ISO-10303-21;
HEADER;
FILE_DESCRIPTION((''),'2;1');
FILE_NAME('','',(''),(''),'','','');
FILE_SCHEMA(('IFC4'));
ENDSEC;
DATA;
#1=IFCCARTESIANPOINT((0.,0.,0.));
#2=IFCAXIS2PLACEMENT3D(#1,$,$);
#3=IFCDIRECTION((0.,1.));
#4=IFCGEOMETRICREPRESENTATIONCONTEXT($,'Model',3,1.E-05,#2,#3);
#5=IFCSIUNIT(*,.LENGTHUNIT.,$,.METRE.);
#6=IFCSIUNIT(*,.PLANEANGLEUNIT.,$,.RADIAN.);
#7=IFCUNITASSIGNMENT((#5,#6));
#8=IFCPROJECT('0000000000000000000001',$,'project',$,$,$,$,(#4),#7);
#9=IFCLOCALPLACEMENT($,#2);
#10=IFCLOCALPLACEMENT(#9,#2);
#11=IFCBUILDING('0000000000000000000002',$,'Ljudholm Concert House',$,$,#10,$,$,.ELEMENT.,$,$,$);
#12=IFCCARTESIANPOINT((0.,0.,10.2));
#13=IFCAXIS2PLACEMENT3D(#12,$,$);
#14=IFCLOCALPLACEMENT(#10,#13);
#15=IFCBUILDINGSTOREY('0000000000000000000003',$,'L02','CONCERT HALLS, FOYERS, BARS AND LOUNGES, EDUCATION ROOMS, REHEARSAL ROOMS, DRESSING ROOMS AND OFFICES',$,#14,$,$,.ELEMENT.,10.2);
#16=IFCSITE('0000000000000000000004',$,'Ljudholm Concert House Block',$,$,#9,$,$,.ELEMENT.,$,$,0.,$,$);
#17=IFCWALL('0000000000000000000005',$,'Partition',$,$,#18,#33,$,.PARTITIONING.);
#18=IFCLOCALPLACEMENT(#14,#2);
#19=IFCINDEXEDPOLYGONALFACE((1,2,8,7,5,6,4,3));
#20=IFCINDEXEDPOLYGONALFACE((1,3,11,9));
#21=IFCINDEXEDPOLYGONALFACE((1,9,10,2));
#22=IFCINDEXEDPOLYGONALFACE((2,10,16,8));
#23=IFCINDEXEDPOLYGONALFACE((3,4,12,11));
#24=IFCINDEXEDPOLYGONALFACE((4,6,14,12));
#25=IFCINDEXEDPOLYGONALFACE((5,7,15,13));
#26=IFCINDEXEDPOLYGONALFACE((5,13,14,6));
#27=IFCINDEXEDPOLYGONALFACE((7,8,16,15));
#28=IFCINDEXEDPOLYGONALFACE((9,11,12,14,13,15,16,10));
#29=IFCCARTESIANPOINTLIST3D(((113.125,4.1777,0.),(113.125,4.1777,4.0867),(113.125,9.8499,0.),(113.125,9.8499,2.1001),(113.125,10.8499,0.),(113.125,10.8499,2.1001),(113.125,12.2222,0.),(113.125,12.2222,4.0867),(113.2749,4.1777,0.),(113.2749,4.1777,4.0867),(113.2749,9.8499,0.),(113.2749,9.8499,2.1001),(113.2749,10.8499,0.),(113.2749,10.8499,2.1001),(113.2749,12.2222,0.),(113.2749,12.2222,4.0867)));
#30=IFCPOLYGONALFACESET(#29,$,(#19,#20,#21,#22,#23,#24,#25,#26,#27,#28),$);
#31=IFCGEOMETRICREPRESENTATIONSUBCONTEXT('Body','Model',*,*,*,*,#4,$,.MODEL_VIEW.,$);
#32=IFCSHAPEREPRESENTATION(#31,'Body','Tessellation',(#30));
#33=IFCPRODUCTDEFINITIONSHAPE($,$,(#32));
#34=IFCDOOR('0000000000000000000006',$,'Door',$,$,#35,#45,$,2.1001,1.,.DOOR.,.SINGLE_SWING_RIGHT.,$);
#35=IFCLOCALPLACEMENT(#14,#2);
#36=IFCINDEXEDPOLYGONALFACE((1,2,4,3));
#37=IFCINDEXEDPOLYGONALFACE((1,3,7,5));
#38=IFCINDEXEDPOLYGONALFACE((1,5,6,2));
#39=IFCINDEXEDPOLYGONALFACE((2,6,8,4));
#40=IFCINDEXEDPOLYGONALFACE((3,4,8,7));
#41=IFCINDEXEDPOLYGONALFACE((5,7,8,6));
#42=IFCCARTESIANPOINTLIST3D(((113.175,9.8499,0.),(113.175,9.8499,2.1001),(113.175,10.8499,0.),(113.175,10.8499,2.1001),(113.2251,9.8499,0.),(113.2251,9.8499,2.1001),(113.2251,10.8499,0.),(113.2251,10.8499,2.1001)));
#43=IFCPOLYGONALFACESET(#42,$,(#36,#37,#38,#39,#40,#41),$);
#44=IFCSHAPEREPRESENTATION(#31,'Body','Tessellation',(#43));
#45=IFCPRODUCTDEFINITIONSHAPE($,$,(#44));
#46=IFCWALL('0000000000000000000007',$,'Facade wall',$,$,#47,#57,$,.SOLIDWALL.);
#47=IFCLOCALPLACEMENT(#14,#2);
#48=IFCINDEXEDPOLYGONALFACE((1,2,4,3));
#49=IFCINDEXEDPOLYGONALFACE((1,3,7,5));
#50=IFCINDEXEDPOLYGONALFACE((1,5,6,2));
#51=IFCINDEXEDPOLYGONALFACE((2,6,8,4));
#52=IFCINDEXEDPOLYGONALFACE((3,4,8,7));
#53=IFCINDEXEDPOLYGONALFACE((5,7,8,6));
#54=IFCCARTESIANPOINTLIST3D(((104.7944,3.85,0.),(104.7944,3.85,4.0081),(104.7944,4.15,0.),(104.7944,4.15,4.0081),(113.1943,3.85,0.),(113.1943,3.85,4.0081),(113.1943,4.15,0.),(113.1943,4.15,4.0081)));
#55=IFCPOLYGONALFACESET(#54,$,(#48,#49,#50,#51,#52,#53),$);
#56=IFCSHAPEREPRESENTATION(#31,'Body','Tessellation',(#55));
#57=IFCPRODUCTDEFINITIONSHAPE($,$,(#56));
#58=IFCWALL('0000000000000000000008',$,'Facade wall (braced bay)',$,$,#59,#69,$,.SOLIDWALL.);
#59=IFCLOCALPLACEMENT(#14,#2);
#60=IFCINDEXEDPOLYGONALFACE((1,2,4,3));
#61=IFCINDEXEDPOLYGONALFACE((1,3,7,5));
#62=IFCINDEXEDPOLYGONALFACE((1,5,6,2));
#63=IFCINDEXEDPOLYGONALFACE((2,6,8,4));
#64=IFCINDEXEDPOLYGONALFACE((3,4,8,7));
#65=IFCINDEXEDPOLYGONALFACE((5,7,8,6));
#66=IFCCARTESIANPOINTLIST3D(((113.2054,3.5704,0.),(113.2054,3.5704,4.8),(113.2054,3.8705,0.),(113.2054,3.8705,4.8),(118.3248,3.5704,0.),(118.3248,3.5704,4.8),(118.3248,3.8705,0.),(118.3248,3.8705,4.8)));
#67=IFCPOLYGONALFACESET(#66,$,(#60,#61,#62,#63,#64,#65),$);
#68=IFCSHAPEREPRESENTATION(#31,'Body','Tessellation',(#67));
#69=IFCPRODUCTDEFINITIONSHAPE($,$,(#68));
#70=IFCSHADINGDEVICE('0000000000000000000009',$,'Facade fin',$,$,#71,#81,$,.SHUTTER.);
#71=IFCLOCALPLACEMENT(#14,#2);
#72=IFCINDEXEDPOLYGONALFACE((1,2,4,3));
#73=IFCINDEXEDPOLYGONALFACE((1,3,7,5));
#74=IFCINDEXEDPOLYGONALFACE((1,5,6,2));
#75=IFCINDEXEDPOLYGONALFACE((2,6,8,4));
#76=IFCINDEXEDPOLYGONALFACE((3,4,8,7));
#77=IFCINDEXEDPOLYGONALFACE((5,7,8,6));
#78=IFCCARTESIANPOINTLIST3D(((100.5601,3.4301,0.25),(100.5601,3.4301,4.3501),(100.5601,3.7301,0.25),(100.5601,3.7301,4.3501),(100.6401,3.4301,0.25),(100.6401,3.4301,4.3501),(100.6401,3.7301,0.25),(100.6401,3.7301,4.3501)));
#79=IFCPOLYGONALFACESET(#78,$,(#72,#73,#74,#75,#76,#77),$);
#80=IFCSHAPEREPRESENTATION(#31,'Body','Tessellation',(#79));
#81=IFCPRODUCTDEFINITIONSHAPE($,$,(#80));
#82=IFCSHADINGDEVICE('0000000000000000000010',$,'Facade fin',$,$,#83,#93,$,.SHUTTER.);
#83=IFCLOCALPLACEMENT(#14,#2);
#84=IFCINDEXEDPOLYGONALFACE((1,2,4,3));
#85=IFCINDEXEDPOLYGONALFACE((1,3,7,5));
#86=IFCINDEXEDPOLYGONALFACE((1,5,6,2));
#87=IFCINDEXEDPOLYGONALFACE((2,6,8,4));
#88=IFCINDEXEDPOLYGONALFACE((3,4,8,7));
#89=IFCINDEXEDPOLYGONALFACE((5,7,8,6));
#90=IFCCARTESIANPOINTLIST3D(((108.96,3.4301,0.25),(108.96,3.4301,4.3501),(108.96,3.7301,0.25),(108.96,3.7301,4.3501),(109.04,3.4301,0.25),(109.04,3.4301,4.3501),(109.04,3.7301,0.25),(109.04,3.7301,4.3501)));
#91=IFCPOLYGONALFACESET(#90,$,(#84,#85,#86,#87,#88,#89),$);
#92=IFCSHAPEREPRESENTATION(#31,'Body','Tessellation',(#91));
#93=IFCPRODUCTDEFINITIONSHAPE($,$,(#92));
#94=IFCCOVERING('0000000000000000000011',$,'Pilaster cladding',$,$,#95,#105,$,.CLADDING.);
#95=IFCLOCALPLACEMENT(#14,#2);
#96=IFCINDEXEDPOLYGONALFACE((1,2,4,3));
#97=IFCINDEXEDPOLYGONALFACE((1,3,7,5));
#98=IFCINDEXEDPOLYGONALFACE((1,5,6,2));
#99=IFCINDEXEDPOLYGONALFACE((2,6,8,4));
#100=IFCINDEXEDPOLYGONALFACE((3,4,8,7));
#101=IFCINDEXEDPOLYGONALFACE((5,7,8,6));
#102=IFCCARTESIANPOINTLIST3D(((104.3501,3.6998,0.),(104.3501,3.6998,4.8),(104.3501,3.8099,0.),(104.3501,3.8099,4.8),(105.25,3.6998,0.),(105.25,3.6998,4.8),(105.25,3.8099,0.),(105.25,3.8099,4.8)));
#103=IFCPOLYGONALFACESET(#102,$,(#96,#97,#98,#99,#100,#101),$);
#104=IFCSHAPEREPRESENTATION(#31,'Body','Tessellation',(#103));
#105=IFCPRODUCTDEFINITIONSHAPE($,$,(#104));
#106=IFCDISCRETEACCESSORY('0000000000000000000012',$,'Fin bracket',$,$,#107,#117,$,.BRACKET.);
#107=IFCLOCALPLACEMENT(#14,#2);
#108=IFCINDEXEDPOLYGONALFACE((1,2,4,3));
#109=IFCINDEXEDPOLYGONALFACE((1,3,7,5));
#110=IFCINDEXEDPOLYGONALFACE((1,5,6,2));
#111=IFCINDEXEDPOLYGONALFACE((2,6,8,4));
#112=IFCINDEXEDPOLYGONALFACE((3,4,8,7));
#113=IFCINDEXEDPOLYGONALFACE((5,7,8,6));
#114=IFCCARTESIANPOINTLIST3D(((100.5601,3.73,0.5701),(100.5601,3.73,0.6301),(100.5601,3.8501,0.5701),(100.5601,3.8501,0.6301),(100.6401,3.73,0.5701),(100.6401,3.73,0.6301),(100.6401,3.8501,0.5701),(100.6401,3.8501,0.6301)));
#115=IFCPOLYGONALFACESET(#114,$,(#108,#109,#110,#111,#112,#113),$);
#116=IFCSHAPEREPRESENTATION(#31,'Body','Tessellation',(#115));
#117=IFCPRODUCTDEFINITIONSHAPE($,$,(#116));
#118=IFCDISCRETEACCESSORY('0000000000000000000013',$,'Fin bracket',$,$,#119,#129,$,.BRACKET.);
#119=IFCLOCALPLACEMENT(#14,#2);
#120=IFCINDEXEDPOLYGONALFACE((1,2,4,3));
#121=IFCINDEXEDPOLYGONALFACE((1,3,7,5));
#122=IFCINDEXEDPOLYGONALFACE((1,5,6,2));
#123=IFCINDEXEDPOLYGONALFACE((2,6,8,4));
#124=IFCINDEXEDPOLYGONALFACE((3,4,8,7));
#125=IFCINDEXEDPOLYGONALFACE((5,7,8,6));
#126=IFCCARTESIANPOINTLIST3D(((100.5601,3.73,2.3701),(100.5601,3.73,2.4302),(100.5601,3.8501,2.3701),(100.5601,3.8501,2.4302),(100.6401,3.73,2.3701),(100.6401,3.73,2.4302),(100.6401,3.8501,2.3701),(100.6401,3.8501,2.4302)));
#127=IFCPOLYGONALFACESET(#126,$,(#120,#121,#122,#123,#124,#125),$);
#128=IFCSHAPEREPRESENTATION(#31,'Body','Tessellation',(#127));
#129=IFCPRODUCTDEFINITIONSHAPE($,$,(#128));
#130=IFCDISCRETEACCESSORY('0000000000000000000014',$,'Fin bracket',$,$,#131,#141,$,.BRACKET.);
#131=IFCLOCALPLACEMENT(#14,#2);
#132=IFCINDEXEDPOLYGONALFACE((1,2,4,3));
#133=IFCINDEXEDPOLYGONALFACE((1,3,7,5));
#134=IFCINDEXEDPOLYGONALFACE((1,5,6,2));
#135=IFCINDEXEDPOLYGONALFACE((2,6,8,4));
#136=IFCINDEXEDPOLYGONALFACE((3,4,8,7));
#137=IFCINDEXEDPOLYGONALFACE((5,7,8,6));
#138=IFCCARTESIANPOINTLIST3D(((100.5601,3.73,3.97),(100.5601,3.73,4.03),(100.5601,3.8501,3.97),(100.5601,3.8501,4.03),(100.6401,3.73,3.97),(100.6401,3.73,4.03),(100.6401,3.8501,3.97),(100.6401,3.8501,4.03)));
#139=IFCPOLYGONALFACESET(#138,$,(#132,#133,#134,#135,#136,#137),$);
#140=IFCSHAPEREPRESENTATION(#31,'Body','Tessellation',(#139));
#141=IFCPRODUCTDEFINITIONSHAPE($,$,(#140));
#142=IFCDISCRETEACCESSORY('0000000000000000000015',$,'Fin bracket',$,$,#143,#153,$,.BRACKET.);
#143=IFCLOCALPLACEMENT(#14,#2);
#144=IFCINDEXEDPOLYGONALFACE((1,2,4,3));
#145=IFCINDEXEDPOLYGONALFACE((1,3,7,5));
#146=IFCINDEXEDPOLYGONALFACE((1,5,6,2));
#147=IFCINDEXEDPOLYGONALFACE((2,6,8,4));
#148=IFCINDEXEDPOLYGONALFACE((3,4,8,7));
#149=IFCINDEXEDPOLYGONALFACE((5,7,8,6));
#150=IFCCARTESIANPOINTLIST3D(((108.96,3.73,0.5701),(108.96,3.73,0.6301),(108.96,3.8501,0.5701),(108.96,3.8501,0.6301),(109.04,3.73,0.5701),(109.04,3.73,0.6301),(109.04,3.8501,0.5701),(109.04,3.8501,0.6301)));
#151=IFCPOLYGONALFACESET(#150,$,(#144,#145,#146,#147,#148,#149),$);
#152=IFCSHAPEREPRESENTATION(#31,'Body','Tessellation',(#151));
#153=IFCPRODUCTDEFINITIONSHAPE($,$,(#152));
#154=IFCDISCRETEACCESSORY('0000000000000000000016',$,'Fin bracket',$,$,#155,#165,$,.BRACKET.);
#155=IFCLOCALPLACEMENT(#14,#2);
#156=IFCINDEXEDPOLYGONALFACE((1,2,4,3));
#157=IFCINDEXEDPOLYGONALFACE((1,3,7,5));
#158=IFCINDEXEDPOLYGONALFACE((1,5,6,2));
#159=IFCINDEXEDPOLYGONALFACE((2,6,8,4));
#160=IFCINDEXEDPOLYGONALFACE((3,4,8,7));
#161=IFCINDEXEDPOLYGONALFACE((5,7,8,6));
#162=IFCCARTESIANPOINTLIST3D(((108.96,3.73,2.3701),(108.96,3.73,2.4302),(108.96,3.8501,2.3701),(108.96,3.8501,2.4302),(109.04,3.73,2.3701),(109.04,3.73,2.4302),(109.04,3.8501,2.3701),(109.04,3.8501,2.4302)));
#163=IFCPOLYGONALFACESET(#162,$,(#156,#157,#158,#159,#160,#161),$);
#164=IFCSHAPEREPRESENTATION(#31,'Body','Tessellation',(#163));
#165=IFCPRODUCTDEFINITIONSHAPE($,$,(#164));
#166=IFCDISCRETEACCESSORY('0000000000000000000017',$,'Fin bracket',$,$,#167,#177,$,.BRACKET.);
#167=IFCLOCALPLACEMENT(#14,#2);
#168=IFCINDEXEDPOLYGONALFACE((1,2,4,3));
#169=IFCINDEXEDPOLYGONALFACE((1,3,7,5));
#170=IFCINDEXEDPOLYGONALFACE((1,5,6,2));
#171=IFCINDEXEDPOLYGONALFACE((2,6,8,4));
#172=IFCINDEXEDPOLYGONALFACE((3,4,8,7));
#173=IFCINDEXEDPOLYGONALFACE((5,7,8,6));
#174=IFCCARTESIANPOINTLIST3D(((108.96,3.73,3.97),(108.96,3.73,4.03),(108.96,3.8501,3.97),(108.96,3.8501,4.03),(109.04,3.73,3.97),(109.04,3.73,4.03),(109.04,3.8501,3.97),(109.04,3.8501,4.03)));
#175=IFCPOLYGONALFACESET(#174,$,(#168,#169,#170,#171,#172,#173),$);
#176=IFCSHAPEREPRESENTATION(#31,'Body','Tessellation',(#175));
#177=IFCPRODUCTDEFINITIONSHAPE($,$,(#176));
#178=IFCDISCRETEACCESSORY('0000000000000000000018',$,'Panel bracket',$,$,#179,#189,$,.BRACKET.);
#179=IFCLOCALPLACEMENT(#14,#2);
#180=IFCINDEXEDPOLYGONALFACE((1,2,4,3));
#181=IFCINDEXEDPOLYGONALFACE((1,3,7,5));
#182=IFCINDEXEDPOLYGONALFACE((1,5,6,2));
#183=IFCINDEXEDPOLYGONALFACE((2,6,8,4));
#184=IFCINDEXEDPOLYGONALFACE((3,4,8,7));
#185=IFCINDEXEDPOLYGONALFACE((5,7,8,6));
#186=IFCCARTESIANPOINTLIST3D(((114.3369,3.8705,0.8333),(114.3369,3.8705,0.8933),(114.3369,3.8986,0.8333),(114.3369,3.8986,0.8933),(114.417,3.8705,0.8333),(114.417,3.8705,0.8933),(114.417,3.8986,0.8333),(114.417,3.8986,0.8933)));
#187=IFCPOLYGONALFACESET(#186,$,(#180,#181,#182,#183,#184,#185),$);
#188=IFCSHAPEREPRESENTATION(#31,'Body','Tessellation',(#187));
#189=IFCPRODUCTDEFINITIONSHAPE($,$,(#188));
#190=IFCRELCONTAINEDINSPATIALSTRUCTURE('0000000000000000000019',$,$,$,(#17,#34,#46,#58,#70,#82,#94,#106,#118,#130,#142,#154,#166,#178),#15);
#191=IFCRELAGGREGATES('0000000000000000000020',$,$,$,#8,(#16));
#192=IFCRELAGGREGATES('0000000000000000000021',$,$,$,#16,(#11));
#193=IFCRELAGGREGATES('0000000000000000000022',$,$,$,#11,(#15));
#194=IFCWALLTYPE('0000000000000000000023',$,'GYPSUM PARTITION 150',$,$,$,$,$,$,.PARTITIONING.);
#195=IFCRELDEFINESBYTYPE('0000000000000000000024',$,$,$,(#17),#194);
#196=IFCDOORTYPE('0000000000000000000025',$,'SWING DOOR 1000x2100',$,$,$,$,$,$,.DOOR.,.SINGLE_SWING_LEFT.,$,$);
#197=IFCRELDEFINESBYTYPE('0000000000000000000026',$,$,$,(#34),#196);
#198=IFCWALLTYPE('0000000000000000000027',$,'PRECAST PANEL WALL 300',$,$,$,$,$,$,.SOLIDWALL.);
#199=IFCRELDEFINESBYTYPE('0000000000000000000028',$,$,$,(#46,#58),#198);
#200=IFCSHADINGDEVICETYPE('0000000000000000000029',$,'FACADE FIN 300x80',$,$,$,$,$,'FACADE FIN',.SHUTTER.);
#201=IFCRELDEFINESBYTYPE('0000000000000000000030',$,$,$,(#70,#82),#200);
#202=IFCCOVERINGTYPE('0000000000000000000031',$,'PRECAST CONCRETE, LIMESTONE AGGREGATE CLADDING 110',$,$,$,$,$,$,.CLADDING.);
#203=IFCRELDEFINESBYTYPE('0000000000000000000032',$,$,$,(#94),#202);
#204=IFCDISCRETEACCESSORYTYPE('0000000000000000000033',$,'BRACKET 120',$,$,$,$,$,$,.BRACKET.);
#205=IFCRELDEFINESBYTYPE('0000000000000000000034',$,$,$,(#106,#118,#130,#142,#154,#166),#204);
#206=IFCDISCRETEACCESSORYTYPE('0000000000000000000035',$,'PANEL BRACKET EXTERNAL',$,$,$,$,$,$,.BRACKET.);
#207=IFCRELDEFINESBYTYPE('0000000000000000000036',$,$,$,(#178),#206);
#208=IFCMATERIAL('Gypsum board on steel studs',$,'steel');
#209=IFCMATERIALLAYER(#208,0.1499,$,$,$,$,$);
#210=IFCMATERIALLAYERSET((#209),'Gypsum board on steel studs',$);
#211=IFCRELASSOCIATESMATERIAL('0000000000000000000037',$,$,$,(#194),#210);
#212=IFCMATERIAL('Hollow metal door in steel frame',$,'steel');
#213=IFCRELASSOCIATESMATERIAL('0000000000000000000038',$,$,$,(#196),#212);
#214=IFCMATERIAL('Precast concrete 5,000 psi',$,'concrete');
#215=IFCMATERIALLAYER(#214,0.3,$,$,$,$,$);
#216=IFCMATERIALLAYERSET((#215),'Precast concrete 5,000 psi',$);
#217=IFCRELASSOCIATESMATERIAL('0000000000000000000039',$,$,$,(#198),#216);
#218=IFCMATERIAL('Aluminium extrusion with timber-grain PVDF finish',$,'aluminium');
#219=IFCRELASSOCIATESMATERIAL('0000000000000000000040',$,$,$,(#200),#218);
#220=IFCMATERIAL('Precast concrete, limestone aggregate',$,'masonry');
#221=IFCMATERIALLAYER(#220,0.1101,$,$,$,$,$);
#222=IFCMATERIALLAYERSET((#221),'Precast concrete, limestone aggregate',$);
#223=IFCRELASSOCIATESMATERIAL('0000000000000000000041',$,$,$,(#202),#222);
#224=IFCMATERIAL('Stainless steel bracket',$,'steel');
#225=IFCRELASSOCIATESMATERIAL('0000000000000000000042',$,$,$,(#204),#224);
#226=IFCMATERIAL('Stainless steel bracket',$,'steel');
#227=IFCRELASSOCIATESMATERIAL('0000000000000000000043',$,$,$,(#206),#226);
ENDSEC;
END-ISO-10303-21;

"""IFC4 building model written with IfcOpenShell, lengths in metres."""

from ifc_helpers import new_model, si_unit, direction, frame, frame_2d, origin, origin_2d, place, context, subcontext, project, spatial, rectangle, extrude, material, layer, layer_set, type_object, element, fill, save


model = new_model("IFC4")

# Units and contexts
model_context = context("Model", 3, precision=1e-05, world=origin(), true_north=direction((0.0, 1.0)))
body_context = subcontext(model_context, "Body", "Model", "MODEL_VIEW")
ifc_project = project(units=[si_unit("LENGTHUNIT", "METRE"), si_unit("PLANEANGLEUNIT", "RADIAN")], contexts=[model_context])

# Site, building, storey
site_placement = place(None, origin())
site = spatial("IfcSite", under=ifc_project, at=site_placement, Name="Ljudholm Concert House Block", CompositionType="ELEMENT", RefElevation=0.0)
building_placement = place(site_placement, origin())
building = spatial("IfcBuilding", under=site, at=building_placement, Name="Ljudholm Concert House", CompositionType="ELEMENT")
storey_placement = place(building_placement, frame((0.0, 0.0, 10.2)))
storey = spatial("IfcBuildingStorey", under=building, at=storey_placement, Name="L02", Description="CONCERT HALLS, FOYERS, BARS AND LOUNGES, EDUCATION ROOMS, REHEARSAL ROOMS, DRESSING ROOMS AND OFFICES", CompositionType="ELEMENT", Elevation=10.2)

# Shared definitions
ifc_material_1 = material(Name="Gypsum board on steel studs", Category="steel")
ifc_layer_1 = layer(ifc_material_1, 0.1499)
ifc_layer_set_1 = layer_set([ifc_layer_1], Name="Gypsum board on steel studs")
wall_type_1 = type_object("IfcWallType", Name="GYPSUM PARTITION 150", PredefinedType="PARTITIONING", material=ifc_layer_set_1)
ifc_material_2 = material(Name="Hollow metal door in steel frame", Category="steel")
door_type = type_object("IfcDoorType", Name="SWING DOOR 1000x2100", OperationType="SINGLE_SWING_LEFT", PredefinedType="DOOR", material=ifc_material_2)

# Wall, opening, door
wall_1_placement = place(storey_placement, frame((113.2, 4.1777, 0.0), z_axis=(0.0, 0.0, 1.0), x_axis=(0.0, 1.0, 0.0)))
wall_1 = element("IfcWall", 1, at=wall_1_placement, inside=storey, type_object=wall_type_1, Name="Partition", PredefinedType="PARTITIONING", context=body_context, shape_type="SweptSolid", body=[
    extrude(rectangle(XDim=8.0444, YDim=0.1499, at=frame_2d((4.0222, 0.0))), origin(), (0.0, 0.0, 1.0), 4.0867),
])
opening_1_placement = place(wall_1_placement, frame((5.6721, 0.0, 0.0)))
opening_1 = element("IfcOpeningElement", 2, at=opening_1_placement, cuts=wall_1, PredefinedType="OPENING", context=body_context, shape_type="SweptSolid", body=[
    extrude(rectangle(XDim=1.0, YDim=2.1001, at=frame_2d((0.5, 1.05))), frame((0.0, 0.085, 0.0), z_axis=(0.0, -1.0, 0.0), x_axis=(1.0, 0.0, 0.0)), (0.0, 0.0, 1.0), 0.1699),
])
door_1_placement = place(opening_1_placement, origin())
door_1 = element("IfcDoor", 3, at=door_1_placement, inside=storey, type_object=door_type, Name="Door", OperationType="SINGLE_SWING_RIGHT", OverallHeight=2.1001, OverallWidth=1.0, PredefinedType="DOOR", context=body_context, shape_type="SweptSolid", body=[
    extrude(rectangle(XDim=1.0, YDim=2.1001, at=frame_2d((0.5, 1.05))), frame((0.0, 0.0249, 0.0), z_axis=(0.0, -1.0, 0.0), x_axis=(1.0, 0.0, 0.0)), (0.0, 0.0, 1.0), 0.05),
])
fill(opening_1, door_1)

# Walls
ifc_material_3 = material(Name="Precast concrete 5,000 psi", Category="concrete")
ifc_layer_2 = layer(ifc_material_3, 0.3)
ifc_layer_set_2 = layer_set([ifc_layer_2], Name="Precast concrete 5,000 psi")
wall_type_2 = type_object("IfcWallType", Name="PRECAST PANEL WALL 300", PredefinedType="SOLIDWALL", material=ifc_layer_set_2)
wall_2_placement = place(storey_placement, frame((104.7944, 4.0, 0.0), z_axis=(0.0, 0.0, 1.0), x_axis=(1.0, 0.0, 0.0)))
element("IfcWall", 4, at=wall_2_placement, inside=storey, type_object=wall_type_2, Name="Facade wall", PredefinedType="SOLIDWALL", context=body_context, shape_type="SweptSolid", body=[
    extrude(rectangle(XDim=8.3999, YDim=0.3, at=frame_2d((4.2, 0.0))), origin(), (0.0, 0.0, 1.0), 4.0081),
])
wall_3_placement = place(storey_placement, frame((113.2056, 3.7205, 0.0), z_axis=(0.0, 0.0, 1.0), x_axis=(1.0, 0.0, 0.0)))
element("IfcWall", 5, at=wall_3_placement, inside=storey, type_object=wall_type_2, Name="Facade wall (braced bay)", PredefinedType="SOLIDWALL", context=body_context, shape_type="SweptSolid", body=[
    extrude(rectangle(XDim=5.1194, YDim=0.3, at=frame_2d((2.5596, 0.0))), origin(), (0.0, 0.0, 1.0), 4.8),
])

# Shading devices
ifc_material_4 = material(Name="Aluminium extrusion with timber-grain PVDF finish", Category="aluminium")
shading_device_type = type_object("IfcShadingDeviceType", Name="FACADE FIN 300x80", ElementType="FACADE FIN", PredefinedType="SHUTTER", material=ifc_material_4)
for number, where, z_axis, x_axis, name in (
    (6, (100.6001, 3.5801, 0.25), (0.0, 0.0, 1.0), (0.0, -1.0, 0.0), "Facade fin"),
    (7, (109.0, 3.5801, 0.25), (0.0, 0.0, 1.0), (0.0, -1.0, 0.0), "Facade fin"),
):
    element("IfcShadingDevice", number, at=place(storey_placement, frame(where, z_axis=z_axis, x_axis=x_axis)), inside=storey, type_object=shading_device_type, Name=name, PredefinedType="SHUTTER", context=body_context, shape_type="SweptSolid", body=[
        extrude(rectangle(XDim=0.3, YDim=0.0801, at=origin_2d()), origin(), (0.0, 0.0, 1.0), 4.1001),
    ])

# Covering
ifc_material_5 = material(Name="Precast concrete, limestone aggregate", Category="masonry")
ifc_layer_3 = layer(ifc_material_5, 0.1101)
ifc_layer_set_3 = layer_set([ifc_layer_3], Name="Precast concrete, limestone aggregate")
covering_type = type_object("IfcCoveringType", Name="PRECAST CONCRETE, LIMESTONE AGGREGATE CLADDING 110", PredefinedType="CLADDING", material=ifc_layer_set_3)
covering_placement = place(storey_placement, frame((104.8, 3.7549, 0.0), z_axis=(0.0, 0.0, 1.0), x_axis=(0.0, -1.0, 0.0)))
element("IfcCovering", 8, at=covering_placement, inside=storey, type_object=covering_type, Name="Pilaster cladding", PredefinedType="CLADDING", context=body_context, shape_type="SweptSolid", body=[
    extrude(rectangle(XDim=0.1101, YDim=0.8999, at=origin_2d()), origin(), (0.0, 0.0, 1.0), 4.8),
])

# Discrete accessories
ifc_material_6 = material(Name="Stainless steel bracket", Category="steel")
discrete_accessory_type_1 = type_object("IfcDiscreteAccessoryType", Name="BRACKET 120", PredefinedType="BRACKET", material=ifc_material_6)
for number, where, z_axis, x_axis, name in (
    (9, (100.6001, 3.79, 0.5701), (0.0, 0.0, 1.0), (0.0, -1.0, 0.0), "Fin bracket"),
    (10, (100.6001, 3.79, 2.3701), (0.0, 0.0, 1.0), (0.0, -1.0, 0.0), "Fin bracket"),
    (11, (100.6001, 3.79, 3.97), (0.0, 0.0, 1.0), (0.0, -1.0, 0.0), "Fin bracket"),
    (12, (109.0, 3.79, 0.5701), (0.0, 0.0, 1.0), (0.0, -1.0, 0.0), "Fin bracket"),
    (13, (109.0, 3.79, 2.3701), (0.0, 0.0, 1.0), (0.0, -1.0, 0.0), "Fin bracket"),
    (14, (109.0, 3.79, 3.97), (0.0, 0.0, 1.0), (0.0, -1.0, 0.0), "Fin bracket"),
):
    element("IfcDiscreteAccessory", number, at=place(storey_placement, frame(where, z_axis=z_axis, x_axis=x_axis)), inside=storey, type_object=discrete_accessory_type_1, Name=name, PredefinedType="BRACKET", context=body_context, shape_type="SweptSolid", body=[
        extrude(rectangle(XDim=0.1201, YDim=0.0801, at=origin_2d()), origin(), (0.0, 0.0, 1.0), 0.0601),
    ])
ifc_material_7 = material(Name="Stainless steel bracket", Category="steel")
discrete_accessory_type_2 = type_object("IfcDiscreteAccessoryType", Name="PANEL BRACKET EXTERNAL", PredefinedType="BRACKET", material=ifc_material_7)
discrete_accessory_placement = place(storey_placement, frame((114.377, 3.8845, 0.8333), z_axis=(0.0, 0.0, 1.0), x_axis=(0.0, -1.0, 0.0)))
element("IfcDiscreteAccessory", 15, at=discrete_accessory_placement, inside=storey, type_object=discrete_accessory_type_2, Name="Panel bracket", PredefinedType="BRACKET", context=body_context, shape_type="SweptSolid", body=[
    extrude(rectangle(XDim=0.0281, YDim=0.0801, at=origin_2d()), origin(), (0.0, 0.0, 1.0), 0.0601),
])

save(model, "model.ifc")
